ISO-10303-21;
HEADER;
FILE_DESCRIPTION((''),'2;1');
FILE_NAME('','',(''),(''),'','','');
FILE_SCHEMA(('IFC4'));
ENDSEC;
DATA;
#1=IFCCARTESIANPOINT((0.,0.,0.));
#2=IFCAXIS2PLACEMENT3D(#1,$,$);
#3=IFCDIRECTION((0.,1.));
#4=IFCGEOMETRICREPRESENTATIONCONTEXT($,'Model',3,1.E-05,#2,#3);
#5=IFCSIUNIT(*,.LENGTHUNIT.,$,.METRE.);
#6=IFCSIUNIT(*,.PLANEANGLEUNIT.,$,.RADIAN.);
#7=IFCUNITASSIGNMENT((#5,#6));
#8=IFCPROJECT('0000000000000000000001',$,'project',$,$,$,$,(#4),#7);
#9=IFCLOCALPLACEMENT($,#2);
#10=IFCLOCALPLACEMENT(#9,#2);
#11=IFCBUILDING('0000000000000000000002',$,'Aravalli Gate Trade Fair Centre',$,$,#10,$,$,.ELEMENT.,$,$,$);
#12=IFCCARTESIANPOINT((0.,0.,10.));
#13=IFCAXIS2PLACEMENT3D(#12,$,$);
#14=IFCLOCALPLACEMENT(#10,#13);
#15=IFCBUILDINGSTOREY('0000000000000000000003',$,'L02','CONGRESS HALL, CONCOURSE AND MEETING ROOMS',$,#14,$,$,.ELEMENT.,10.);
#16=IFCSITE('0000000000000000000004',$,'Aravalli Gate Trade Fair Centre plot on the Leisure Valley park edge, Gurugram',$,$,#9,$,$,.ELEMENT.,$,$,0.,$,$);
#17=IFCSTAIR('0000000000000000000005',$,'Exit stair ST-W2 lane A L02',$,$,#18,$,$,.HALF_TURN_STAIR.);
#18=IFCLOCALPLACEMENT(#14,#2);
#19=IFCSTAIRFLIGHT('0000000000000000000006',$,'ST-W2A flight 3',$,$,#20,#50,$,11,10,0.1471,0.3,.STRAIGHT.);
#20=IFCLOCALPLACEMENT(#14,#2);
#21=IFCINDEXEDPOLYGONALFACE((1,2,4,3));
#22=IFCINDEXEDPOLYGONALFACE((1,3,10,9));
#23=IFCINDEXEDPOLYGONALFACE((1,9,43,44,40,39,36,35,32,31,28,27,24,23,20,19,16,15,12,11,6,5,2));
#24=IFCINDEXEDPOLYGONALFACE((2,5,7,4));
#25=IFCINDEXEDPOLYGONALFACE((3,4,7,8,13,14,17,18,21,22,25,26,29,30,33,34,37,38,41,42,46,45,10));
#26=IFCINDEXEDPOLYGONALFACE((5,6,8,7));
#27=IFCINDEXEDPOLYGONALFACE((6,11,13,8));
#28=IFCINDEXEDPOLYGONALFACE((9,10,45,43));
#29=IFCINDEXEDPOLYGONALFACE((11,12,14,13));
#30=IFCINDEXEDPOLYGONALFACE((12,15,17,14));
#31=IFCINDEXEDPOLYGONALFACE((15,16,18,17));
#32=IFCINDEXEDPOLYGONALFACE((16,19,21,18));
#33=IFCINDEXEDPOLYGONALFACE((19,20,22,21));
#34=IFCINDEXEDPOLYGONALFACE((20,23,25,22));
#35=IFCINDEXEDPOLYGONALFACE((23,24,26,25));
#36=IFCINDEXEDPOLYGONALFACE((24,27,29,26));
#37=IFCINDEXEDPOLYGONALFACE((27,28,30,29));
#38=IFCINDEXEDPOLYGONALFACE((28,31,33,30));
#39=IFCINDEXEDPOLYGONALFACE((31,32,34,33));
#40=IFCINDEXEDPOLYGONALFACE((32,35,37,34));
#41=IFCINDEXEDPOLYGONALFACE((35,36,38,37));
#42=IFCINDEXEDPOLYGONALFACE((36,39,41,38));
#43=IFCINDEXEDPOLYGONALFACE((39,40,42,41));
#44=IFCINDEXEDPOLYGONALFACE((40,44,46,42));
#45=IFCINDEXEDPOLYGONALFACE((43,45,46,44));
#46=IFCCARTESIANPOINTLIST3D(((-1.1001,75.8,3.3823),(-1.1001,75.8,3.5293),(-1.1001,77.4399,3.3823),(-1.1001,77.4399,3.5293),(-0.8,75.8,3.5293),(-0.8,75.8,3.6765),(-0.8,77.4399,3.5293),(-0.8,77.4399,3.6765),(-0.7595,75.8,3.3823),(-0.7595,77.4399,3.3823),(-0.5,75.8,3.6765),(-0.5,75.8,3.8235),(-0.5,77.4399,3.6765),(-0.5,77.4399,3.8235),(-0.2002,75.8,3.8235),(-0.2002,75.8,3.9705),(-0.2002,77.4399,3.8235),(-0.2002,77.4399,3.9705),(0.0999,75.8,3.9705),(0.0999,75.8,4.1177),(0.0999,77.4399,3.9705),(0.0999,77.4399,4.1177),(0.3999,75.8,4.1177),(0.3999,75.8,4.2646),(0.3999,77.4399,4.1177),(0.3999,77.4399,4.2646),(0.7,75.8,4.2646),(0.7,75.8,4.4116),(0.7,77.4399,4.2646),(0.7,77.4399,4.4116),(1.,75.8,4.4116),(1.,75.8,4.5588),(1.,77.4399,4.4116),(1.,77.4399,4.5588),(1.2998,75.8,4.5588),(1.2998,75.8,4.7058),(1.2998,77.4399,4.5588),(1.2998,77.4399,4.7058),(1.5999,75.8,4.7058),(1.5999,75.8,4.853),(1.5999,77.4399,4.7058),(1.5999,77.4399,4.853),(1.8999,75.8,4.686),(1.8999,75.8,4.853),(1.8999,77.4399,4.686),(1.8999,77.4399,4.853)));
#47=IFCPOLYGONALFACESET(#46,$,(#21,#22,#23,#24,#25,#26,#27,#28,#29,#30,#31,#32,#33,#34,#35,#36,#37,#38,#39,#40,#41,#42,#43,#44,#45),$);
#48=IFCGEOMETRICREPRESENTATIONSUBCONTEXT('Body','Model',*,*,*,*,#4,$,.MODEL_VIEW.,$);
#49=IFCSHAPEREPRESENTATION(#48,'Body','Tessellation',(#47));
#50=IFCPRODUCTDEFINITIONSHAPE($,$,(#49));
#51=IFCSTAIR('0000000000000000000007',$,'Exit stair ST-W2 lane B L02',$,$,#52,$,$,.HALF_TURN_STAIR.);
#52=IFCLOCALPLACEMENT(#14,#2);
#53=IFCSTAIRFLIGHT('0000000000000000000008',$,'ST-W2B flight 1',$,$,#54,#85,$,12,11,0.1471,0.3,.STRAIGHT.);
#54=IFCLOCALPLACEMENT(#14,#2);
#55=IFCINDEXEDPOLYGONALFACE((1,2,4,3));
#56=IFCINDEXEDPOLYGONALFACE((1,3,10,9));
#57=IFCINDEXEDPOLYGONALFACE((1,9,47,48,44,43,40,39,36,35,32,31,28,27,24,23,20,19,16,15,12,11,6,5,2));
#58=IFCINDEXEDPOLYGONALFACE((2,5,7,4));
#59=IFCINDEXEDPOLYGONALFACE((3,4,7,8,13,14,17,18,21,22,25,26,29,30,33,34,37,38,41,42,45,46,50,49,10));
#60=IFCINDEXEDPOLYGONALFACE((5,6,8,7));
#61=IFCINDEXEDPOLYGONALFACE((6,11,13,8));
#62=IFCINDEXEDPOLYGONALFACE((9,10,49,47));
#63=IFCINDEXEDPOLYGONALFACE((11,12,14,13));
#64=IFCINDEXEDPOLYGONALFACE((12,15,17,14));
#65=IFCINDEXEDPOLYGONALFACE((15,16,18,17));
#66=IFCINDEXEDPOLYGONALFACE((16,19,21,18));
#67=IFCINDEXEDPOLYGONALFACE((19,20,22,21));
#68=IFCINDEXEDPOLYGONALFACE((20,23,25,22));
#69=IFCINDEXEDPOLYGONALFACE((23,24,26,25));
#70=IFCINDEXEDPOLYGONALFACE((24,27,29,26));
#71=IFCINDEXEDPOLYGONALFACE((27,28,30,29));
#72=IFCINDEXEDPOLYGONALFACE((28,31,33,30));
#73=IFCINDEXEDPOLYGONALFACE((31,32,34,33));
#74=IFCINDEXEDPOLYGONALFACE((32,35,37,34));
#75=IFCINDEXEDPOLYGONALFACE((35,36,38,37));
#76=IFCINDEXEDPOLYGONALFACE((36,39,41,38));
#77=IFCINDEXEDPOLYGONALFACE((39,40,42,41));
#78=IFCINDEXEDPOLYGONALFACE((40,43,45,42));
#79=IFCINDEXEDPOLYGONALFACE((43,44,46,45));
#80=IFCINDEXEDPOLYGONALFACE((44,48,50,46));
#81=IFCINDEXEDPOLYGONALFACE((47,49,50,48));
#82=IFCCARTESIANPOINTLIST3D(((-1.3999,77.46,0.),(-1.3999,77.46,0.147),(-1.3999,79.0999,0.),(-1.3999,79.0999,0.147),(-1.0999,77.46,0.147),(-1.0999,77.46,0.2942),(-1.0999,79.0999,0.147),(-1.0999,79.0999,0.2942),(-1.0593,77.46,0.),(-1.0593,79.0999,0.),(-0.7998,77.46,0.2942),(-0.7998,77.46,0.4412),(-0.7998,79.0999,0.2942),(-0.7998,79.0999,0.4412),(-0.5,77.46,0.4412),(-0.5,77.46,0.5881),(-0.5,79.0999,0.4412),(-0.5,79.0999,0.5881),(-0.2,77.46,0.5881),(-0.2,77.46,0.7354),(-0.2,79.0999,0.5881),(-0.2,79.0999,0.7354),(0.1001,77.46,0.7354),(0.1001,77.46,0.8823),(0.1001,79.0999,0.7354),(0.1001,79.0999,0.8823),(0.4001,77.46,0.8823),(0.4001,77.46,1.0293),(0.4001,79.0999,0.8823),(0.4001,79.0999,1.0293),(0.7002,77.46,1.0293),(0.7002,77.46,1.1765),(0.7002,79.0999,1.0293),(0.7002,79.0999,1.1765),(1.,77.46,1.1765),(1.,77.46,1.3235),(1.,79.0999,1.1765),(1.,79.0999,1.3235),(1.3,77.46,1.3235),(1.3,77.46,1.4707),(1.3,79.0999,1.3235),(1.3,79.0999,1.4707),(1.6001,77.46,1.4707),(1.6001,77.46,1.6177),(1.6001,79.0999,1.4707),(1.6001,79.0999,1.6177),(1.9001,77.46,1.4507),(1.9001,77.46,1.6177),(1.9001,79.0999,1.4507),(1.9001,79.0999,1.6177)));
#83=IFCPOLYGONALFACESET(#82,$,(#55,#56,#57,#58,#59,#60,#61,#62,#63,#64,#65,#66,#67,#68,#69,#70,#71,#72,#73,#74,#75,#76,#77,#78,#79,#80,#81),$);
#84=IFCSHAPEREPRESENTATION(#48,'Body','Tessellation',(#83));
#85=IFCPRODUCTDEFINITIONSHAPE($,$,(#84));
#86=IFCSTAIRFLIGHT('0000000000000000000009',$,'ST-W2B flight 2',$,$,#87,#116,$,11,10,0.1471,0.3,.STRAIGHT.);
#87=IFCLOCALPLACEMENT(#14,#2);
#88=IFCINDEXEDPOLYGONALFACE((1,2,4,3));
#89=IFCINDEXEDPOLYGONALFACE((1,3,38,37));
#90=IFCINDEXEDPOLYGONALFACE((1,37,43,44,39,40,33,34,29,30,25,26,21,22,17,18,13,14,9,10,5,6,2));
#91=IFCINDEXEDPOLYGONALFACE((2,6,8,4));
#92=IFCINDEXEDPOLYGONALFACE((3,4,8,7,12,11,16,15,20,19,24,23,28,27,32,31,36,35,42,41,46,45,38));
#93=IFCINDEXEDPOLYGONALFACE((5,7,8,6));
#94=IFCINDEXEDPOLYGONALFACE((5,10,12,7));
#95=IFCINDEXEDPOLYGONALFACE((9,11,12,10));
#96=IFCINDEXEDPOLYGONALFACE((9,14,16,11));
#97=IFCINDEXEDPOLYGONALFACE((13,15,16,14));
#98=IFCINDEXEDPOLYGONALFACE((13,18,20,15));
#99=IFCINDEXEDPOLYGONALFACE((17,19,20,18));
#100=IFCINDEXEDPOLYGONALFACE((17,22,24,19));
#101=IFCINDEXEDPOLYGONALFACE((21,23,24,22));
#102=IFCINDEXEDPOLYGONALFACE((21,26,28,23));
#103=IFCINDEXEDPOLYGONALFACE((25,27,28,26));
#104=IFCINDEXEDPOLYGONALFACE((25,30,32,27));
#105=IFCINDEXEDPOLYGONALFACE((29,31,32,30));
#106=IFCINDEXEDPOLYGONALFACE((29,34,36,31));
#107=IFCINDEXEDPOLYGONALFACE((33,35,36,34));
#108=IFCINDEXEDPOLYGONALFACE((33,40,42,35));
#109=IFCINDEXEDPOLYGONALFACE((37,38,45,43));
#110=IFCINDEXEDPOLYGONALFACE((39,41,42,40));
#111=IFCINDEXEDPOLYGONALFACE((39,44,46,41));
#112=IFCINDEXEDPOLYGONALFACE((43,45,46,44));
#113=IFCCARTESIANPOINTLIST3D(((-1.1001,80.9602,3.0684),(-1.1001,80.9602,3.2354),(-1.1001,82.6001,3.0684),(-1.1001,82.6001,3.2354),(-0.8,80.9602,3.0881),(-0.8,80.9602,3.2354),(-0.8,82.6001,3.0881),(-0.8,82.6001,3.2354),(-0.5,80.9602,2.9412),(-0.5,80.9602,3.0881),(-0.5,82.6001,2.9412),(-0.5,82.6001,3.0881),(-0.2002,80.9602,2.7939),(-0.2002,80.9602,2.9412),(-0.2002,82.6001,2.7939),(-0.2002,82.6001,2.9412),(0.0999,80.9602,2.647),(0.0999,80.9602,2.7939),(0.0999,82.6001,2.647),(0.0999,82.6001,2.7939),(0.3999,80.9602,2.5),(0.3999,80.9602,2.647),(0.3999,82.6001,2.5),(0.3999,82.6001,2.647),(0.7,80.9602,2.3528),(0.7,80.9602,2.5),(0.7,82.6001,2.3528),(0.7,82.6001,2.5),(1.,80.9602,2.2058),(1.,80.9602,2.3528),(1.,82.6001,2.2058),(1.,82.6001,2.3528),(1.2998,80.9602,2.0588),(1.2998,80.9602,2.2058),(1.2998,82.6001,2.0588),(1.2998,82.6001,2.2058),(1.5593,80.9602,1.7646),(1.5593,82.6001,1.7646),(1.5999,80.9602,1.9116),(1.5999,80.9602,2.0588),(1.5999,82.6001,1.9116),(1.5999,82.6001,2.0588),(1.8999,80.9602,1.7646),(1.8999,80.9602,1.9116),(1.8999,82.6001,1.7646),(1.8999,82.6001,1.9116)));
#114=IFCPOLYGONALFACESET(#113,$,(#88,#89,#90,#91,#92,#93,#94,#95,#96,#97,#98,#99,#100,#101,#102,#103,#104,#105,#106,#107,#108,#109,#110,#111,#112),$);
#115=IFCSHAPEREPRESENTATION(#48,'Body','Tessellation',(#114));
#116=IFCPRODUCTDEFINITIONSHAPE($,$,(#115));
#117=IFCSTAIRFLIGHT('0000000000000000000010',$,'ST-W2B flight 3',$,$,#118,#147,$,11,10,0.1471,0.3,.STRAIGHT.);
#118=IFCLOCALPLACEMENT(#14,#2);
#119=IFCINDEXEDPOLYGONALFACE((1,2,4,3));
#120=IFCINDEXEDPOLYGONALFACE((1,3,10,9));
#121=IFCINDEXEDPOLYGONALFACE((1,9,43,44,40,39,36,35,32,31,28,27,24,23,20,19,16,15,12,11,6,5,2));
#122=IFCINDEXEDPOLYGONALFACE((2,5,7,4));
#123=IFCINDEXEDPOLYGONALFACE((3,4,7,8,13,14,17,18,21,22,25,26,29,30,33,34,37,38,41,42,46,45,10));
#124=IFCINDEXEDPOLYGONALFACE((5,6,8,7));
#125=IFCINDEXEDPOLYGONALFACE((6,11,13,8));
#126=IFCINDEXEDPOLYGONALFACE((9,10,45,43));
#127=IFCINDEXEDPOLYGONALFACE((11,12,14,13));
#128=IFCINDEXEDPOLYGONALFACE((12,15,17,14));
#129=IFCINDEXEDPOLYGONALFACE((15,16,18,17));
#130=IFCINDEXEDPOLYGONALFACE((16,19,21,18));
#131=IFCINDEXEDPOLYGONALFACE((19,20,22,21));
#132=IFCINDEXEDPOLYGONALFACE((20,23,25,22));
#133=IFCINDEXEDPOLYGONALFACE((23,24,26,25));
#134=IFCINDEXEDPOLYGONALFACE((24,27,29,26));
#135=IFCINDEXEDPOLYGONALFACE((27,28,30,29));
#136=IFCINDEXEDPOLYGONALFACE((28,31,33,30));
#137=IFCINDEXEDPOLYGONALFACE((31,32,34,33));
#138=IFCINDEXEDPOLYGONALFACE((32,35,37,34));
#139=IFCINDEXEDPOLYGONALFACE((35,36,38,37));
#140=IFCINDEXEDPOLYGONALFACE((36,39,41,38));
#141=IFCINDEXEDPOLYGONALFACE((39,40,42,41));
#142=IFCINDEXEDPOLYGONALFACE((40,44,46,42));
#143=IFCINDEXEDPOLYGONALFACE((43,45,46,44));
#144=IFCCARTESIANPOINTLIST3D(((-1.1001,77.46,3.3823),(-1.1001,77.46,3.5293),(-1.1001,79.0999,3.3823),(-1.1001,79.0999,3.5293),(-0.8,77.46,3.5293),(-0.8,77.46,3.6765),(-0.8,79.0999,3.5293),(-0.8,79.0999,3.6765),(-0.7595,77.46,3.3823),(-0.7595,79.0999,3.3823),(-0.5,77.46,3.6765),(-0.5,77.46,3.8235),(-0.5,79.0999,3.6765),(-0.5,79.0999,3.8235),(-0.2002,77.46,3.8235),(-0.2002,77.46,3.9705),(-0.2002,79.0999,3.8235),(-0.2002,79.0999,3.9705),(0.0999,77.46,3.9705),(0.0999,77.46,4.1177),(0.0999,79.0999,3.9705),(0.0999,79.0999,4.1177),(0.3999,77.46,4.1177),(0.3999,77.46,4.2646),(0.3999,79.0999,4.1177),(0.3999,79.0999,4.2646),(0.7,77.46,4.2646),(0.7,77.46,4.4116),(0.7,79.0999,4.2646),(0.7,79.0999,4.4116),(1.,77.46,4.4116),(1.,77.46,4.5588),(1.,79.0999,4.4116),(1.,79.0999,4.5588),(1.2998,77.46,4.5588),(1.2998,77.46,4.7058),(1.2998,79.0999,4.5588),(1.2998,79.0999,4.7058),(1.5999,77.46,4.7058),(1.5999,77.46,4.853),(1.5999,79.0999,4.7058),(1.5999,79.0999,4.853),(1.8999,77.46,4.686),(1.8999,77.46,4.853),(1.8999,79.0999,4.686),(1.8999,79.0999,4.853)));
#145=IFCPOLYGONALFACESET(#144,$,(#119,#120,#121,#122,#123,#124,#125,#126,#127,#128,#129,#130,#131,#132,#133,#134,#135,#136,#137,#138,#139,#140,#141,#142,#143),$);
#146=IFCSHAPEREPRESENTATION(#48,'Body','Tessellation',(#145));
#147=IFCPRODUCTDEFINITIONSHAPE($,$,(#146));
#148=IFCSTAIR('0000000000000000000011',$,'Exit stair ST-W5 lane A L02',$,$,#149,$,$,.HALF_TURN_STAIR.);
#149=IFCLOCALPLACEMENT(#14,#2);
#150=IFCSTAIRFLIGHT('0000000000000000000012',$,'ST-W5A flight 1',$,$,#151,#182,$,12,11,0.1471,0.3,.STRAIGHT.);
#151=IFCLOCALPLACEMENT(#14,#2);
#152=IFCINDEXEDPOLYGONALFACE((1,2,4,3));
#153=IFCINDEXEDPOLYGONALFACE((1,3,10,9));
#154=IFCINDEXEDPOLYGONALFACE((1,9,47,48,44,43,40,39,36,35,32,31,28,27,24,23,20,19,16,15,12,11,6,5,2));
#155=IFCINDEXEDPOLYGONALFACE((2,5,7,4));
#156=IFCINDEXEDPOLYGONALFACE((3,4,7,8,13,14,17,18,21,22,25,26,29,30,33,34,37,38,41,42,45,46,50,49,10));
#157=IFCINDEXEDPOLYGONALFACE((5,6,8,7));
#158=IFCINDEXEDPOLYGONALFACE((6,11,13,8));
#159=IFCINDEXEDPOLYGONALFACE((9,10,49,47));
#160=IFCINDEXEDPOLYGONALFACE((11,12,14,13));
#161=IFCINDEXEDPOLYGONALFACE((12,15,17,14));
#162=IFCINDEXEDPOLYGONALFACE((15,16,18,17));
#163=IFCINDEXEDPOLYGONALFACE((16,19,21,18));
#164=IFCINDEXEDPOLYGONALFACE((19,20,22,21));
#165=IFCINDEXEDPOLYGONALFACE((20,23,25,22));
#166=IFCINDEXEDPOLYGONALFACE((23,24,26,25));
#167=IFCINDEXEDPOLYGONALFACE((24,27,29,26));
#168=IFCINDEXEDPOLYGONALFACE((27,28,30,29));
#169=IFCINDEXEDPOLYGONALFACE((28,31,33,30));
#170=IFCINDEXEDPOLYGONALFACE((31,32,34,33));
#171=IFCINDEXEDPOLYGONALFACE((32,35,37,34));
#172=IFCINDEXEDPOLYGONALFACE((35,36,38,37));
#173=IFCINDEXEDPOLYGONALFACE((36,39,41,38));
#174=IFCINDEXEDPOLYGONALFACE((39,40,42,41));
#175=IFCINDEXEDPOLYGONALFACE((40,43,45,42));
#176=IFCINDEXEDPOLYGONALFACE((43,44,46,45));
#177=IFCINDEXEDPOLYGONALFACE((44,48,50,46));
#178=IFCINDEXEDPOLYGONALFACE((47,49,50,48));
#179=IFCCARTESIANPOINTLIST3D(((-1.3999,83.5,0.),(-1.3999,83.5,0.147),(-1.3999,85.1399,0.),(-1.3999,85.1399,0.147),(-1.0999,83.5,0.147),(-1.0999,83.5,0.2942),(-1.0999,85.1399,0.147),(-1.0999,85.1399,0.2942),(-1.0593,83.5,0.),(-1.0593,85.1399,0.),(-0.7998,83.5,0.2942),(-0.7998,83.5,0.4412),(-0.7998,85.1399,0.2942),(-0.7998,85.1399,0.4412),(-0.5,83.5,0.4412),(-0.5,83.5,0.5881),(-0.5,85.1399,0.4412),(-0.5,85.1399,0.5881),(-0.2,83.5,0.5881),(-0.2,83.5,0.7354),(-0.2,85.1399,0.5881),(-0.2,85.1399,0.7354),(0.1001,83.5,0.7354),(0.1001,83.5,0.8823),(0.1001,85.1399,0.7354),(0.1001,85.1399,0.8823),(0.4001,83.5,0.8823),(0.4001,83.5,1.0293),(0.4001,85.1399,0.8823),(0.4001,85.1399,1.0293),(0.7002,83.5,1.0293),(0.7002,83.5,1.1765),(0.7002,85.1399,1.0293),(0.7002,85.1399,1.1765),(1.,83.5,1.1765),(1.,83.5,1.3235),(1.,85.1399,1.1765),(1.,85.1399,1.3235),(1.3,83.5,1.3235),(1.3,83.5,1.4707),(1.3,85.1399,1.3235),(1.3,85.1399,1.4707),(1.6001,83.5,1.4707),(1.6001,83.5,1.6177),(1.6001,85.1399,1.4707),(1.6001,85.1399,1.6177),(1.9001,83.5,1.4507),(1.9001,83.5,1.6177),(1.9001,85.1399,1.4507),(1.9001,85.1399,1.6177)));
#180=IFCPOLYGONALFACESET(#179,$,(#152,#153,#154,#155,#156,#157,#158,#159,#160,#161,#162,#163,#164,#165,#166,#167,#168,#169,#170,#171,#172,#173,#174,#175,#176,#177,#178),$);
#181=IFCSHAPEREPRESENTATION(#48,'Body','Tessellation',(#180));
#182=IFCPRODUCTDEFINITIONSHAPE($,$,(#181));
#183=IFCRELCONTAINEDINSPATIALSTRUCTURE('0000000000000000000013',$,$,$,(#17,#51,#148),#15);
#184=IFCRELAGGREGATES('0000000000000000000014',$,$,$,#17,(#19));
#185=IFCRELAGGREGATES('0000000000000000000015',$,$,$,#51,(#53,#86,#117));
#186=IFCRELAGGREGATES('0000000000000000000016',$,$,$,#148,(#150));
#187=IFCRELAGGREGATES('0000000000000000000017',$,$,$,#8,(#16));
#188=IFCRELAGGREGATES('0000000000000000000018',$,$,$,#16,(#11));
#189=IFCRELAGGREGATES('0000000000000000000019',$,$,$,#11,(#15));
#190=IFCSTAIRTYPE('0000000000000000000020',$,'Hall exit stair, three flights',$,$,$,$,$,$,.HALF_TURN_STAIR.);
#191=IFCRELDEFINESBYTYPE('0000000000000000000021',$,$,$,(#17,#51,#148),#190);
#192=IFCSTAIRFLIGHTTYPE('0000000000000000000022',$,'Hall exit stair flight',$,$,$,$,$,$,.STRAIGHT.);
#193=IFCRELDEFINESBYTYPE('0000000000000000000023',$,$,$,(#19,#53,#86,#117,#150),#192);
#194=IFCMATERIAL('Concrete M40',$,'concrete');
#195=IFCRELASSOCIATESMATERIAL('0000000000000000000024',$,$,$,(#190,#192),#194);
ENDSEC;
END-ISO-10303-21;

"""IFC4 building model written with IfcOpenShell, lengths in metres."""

from ifc_helpers import new_model, si_unit, direction, frame, origin, place, context, subcontext, project, spatial, polyline, outline, extrude, material, type_object, element, aggregate, save


model = new_model("IFC4")

# Units and contexts
model_context = context("Model", 3, precision=1e-05, world=origin(), true_north=direction((0.0, 1.0)))
body_context = subcontext(model_context, "Body", "Model", "MODEL_VIEW")
ifc_project = project(units=[si_unit("LENGTHUNIT", "METRE"), si_unit("PLANEANGLEUNIT", "RADIAN")], contexts=[model_context])

# Site, building, storey
site_placement = place(None, origin())
site = spatial("IfcSite", under=ifc_project, at=site_placement, Name="Aravalli Gate Trade Fair Centre plot on the Leisure Valley park edge, Gurugram", CompositionType="ELEMENT", RefElevation=0.0)
building_placement = place(site_placement, origin())
building = spatial("IfcBuilding", under=site, at=building_placement, Name="Aravalli Gate Trade Fair Centre", CompositionType="ELEMENT")
storey_placement = place(building_placement, frame((0.0, 0.0, 10.0)))
storey = spatial("IfcBuildingStorey", under=building, at=storey_placement, Name="L02", Description="CONGRESS HALL, CONCOURSE AND MEETING ROOMS", CompositionType="ELEMENT", Elevation=10.0)

# Shared definitions
ifc_material_1 = material(Name="Concrete M40", Category="concrete")

# Stairs, stair flights
stair_type = type_object("IfcStairType", Name="Hall exit stair, three flights", PredefinedType="HALF_TURN_STAIR", material=ifc_material_1)
stair_1_placement = place(storey_placement, origin())
stair_1 = element("IfcStair", 1, at=stair_1_placement, inside=storey, type_object=stair_type, Name="Exit stair ST-W2 lane A L02", PredefinedType="HALF_TURN_STAIR")
stair_flight_type = type_object("IfcStairFlightType", Name="Hall exit stair flight", PredefinedType="STRAIGHT", material=ifc_material_1)
stair_flight_1_placement = place(storey_placement, frame((-1.1001, 76.6201, 3.3823), z_axis=(0.0, 0.0, 1.0), x_axis=(1.0, 0.0, 0.0)))
stair_flight_1 = element("IfcStairFlight", 2, at=stair_flight_1_placement, type_object=stair_flight_type, Name="ST-W2A flight 3", NumberOfRisers=11, NumberOfTreads=10, PredefinedType="STRAIGHT", RiserHeight=0.1471, TreadLength=0.3, context=body_context, shape_type="SweptSolid", body=[
    extrude(outline(polyline([(0.0, 0.0), (0.0, 0.147), (0.3, 0.147), (0.3, 0.2942), (0.6001, 0.2942), (0.6001, 0.4412), (0.8999, 0.4412), (0.8999, 0.5881), (1.2, 0.5881), (1.2, 0.7354), (1.5, 0.7354), (1.5, 0.8823), (1.8, 0.8823), (1.8, 1.0293), (2.1001, 1.0293), (2.1001, 1.1765), (2.3999, 1.1765), (2.3999, 1.3235), (2.7, 1.3235), (2.7, 1.4707), (3.0, 1.4707), (3.0, 1.6177), (3.0, 1.3037), (0.3406, 0.0), (0.0, 0.0)])), frame((0.0, 0.8198, 0.0), z_axis=(0.0, -1.0, 0.0), x_axis=(1.0, 0.0, 0.0)), (0.0, 0.0, 1.0), 1.6399),
])
aggregate(stair_1, [stair_flight_1])
stair_2_placement = place(storey_placement, origin())
stair_2 = element("IfcStair", 3, at=stair_2_placement, inside=storey, type_object=stair_type, Name="Exit stair ST-W2 lane B L02", PredefinedType="HALF_TURN_STAIR")
stair_flight_2_placement = place(storey_placement, frame((-1.3999, 78.28, 0.0), z_axis=(0.0, 0.0, 1.0), x_axis=(1.0, 0.0, 0.0)))
stair_flight_2 = element("IfcStairFlight", 4, at=stair_flight_2_placement, type_object=stair_flight_type, Name="ST-W2B flight 1", NumberOfRisers=12, NumberOfTreads=11, PredefinedType="STRAIGHT", RiserHeight=0.1471, TreadLength=0.3, context=body_context, shape_type="SweptSolid", body=[
    extrude(outline(polyline([(0.0, 0.0), (0.0, 0.147), (0.3, 0.147), (0.3, 0.2942), (0.6001, 0.2942), (0.6001, 0.4412), (0.8999, 0.4412), (0.8999, 0.5881), (1.2, 0.5881), (1.2, 0.7354), (1.5, 0.7354), (1.5, 0.8823), (1.8, 0.8823), (1.8, 1.0293), (2.1001, 1.0293), (2.1001, 1.1765), (2.3999, 1.1765), (2.3999, 1.3235), (2.7, 1.3235), (2.7, 1.4707), (3.0, 1.4707), (3.0, 1.6177), (3.3, 1.6177), (3.3, 1.7646), (3.3, 1.4507), (0.3406, 0.0), (0.0, 0.0)])), frame((0.0, 0.8198, 0.0), z_axis=(0.0, -1.0, 0.0), x_axis=(1.0, 0.0, 0.0)), (0.0, 0.0, 1.0), 1.6399),
])
stair_flight_3_placement = place(storey_placement, frame((1.8999, 81.78, 1.7646), z_axis=(0.0, 0.0, 1.0), x_axis=(-1.0, 0.0, 0.0)))
stair_flight_3 = element("IfcStairFlight", 5, at=stair_flight_3_placement, type_object=stair_flight_type, Name="ST-W2B flight 2", NumberOfRisers=11, NumberOfTreads=10, PredefinedType="STRAIGHT", RiserHeight=0.1471, TreadLength=0.3, context=body_context, shape_type="SweptSolid", body=[
    extrude(outline(polyline([(0.0, 0.0), (0.0, 0.147), (0.3, 0.147), (0.3, 0.2942), (0.6001, 0.2942), (0.6001, 0.4412), (0.8999, 0.4412), (0.8999, 0.5881), (1.2, 0.5881), (1.2, 0.7354), (1.5, 0.7354), (1.5, 0.8823), (1.8, 0.8823), (1.8, 1.0293), (2.1001, 1.0293), (2.1001, 1.1765), (2.3999, 1.1765), (2.3999, 1.3235), (2.7, 1.3235), (2.7, 1.4707), (3.0, 1.4707), (3.0, 1.6177), (3.0, 1.3037), (0.3406, 0.0), (0.0, 0.0)])), frame((0.0, 0.8198, 0.0), z_axis=(0.0, -1.0, 0.0), x_axis=(1.0, 0.0, 0.0)), (0.0, 0.0, 1.0), 1.6399),
])
stair_flight_4_placement = place(storey_placement, frame((-1.1001, 78.28, 3.3823), z_axis=(0.0, 0.0, 1.0), x_axis=(1.0, 0.0, 0.0)))
stair_flight_4 = element("IfcStairFlight", 6, at=stair_flight_4_placement, type_object=stair_flight_type, Name="ST-W2B flight 3", NumberOfRisers=11, NumberOfTreads=10, PredefinedType="STRAIGHT", RiserHeight=0.1471, TreadLength=0.3, context=body_context, shape_type="SweptSolid", body=[
    extrude(outline(polyline([(0.0, 0.0), (0.0, 0.147), (0.3, 0.147), (0.3, 0.2942), (0.6001, 0.2942), (0.6001, 0.4412), (0.8999, 0.4412), (0.8999, 0.5881), (1.2, 0.5881), (1.2, 0.7354), (1.5, 0.7354), (1.5, 0.8823), (1.8, 0.8823), (1.8, 1.0293), (2.1001, 1.0293), (2.1001, 1.1765), (2.3999, 1.1765), (2.3999, 1.3235), (2.7, 1.3235), (2.7, 1.4707), (3.0, 1.4707), (3.0, 1.6177), (3.0, 1.3037), (0.3406, 0.0), (0.0, 0.0)])), frame((0.0, 0.8198, 0.0), z_axis=(0.0, -1.0, 0.0), x_axis=(1.0, 0.0, 0.0)), (0.0, 0.0, 1.0), 1.6399),
])
aggregate(stair_2, [stair_flight_2, stair_flight_3, stair_flight_4])
stair_3_placement = place(storey_placement, origin())
stair_3 = element("IfcStair", 7, at=stair_3_placement, inside=storey, type_object=stair_type, Name="Exit stair ST-W5 lane A L02", PredefinedType="HALF_TURN_STAIR")
stair_flight_5_placement = place(storey_placement, frame((-1.3999, 84.3201, 0.0), z_axis=(0.0, 0.0, 1.0), x_axis=(1.0, 0.0, 0.0)))
stair_flight_5 = element("IfcStairFlight", 8, at=stair_flight_5_placement, type_object=stair_flight_type, Name="ST-W5A flight 1", NumberOfRisers=12, NumberOfTreads=11, PredefinedType="STRAIGHT", RiserHeight=0.1471, TreadLength=0.3, context=body_context, shape_type="SweptSolid", body=[
    extrude(outline(polyline([(0.0, 0.0), (0.0, 0.147), (0.3, 0.147), (0.3, 0.2942), (0.6001, 0.2942), (0.6001, 0.4412), (0.8999, 0.4412), (0.8999, 0.5881), (1.2, 0.5881), (1.2, 0.7354), (1.5, 0.7354), (1.5, 0.8823), (1.8, 0.8823), (1.8, 1.0293), (2.1001, 1.0293), (2.1001, 1.1765), (2.3999, 1.1765), (2.3999, 1.3235), (2.7, 1.3235), (2.7, 1.4707), (3.0, 1.4707), (3.0, 1.6177), (3.3, 1.6177), (3.3, 1.7646), (3.3, 1.4507), (0.3406, 0.0), (0.0, 0.0)])), frame((0.0, 0.8198, 0.0), z_axis=(0.0, -1.0, 0.0), x_axis=(1.0, 0.0, 0.0)), (0.0, 0.0, 1.0), 1.6399),
])
aggregate(stair_3, [stair_flight_5])

save(model, "model.ifc")
